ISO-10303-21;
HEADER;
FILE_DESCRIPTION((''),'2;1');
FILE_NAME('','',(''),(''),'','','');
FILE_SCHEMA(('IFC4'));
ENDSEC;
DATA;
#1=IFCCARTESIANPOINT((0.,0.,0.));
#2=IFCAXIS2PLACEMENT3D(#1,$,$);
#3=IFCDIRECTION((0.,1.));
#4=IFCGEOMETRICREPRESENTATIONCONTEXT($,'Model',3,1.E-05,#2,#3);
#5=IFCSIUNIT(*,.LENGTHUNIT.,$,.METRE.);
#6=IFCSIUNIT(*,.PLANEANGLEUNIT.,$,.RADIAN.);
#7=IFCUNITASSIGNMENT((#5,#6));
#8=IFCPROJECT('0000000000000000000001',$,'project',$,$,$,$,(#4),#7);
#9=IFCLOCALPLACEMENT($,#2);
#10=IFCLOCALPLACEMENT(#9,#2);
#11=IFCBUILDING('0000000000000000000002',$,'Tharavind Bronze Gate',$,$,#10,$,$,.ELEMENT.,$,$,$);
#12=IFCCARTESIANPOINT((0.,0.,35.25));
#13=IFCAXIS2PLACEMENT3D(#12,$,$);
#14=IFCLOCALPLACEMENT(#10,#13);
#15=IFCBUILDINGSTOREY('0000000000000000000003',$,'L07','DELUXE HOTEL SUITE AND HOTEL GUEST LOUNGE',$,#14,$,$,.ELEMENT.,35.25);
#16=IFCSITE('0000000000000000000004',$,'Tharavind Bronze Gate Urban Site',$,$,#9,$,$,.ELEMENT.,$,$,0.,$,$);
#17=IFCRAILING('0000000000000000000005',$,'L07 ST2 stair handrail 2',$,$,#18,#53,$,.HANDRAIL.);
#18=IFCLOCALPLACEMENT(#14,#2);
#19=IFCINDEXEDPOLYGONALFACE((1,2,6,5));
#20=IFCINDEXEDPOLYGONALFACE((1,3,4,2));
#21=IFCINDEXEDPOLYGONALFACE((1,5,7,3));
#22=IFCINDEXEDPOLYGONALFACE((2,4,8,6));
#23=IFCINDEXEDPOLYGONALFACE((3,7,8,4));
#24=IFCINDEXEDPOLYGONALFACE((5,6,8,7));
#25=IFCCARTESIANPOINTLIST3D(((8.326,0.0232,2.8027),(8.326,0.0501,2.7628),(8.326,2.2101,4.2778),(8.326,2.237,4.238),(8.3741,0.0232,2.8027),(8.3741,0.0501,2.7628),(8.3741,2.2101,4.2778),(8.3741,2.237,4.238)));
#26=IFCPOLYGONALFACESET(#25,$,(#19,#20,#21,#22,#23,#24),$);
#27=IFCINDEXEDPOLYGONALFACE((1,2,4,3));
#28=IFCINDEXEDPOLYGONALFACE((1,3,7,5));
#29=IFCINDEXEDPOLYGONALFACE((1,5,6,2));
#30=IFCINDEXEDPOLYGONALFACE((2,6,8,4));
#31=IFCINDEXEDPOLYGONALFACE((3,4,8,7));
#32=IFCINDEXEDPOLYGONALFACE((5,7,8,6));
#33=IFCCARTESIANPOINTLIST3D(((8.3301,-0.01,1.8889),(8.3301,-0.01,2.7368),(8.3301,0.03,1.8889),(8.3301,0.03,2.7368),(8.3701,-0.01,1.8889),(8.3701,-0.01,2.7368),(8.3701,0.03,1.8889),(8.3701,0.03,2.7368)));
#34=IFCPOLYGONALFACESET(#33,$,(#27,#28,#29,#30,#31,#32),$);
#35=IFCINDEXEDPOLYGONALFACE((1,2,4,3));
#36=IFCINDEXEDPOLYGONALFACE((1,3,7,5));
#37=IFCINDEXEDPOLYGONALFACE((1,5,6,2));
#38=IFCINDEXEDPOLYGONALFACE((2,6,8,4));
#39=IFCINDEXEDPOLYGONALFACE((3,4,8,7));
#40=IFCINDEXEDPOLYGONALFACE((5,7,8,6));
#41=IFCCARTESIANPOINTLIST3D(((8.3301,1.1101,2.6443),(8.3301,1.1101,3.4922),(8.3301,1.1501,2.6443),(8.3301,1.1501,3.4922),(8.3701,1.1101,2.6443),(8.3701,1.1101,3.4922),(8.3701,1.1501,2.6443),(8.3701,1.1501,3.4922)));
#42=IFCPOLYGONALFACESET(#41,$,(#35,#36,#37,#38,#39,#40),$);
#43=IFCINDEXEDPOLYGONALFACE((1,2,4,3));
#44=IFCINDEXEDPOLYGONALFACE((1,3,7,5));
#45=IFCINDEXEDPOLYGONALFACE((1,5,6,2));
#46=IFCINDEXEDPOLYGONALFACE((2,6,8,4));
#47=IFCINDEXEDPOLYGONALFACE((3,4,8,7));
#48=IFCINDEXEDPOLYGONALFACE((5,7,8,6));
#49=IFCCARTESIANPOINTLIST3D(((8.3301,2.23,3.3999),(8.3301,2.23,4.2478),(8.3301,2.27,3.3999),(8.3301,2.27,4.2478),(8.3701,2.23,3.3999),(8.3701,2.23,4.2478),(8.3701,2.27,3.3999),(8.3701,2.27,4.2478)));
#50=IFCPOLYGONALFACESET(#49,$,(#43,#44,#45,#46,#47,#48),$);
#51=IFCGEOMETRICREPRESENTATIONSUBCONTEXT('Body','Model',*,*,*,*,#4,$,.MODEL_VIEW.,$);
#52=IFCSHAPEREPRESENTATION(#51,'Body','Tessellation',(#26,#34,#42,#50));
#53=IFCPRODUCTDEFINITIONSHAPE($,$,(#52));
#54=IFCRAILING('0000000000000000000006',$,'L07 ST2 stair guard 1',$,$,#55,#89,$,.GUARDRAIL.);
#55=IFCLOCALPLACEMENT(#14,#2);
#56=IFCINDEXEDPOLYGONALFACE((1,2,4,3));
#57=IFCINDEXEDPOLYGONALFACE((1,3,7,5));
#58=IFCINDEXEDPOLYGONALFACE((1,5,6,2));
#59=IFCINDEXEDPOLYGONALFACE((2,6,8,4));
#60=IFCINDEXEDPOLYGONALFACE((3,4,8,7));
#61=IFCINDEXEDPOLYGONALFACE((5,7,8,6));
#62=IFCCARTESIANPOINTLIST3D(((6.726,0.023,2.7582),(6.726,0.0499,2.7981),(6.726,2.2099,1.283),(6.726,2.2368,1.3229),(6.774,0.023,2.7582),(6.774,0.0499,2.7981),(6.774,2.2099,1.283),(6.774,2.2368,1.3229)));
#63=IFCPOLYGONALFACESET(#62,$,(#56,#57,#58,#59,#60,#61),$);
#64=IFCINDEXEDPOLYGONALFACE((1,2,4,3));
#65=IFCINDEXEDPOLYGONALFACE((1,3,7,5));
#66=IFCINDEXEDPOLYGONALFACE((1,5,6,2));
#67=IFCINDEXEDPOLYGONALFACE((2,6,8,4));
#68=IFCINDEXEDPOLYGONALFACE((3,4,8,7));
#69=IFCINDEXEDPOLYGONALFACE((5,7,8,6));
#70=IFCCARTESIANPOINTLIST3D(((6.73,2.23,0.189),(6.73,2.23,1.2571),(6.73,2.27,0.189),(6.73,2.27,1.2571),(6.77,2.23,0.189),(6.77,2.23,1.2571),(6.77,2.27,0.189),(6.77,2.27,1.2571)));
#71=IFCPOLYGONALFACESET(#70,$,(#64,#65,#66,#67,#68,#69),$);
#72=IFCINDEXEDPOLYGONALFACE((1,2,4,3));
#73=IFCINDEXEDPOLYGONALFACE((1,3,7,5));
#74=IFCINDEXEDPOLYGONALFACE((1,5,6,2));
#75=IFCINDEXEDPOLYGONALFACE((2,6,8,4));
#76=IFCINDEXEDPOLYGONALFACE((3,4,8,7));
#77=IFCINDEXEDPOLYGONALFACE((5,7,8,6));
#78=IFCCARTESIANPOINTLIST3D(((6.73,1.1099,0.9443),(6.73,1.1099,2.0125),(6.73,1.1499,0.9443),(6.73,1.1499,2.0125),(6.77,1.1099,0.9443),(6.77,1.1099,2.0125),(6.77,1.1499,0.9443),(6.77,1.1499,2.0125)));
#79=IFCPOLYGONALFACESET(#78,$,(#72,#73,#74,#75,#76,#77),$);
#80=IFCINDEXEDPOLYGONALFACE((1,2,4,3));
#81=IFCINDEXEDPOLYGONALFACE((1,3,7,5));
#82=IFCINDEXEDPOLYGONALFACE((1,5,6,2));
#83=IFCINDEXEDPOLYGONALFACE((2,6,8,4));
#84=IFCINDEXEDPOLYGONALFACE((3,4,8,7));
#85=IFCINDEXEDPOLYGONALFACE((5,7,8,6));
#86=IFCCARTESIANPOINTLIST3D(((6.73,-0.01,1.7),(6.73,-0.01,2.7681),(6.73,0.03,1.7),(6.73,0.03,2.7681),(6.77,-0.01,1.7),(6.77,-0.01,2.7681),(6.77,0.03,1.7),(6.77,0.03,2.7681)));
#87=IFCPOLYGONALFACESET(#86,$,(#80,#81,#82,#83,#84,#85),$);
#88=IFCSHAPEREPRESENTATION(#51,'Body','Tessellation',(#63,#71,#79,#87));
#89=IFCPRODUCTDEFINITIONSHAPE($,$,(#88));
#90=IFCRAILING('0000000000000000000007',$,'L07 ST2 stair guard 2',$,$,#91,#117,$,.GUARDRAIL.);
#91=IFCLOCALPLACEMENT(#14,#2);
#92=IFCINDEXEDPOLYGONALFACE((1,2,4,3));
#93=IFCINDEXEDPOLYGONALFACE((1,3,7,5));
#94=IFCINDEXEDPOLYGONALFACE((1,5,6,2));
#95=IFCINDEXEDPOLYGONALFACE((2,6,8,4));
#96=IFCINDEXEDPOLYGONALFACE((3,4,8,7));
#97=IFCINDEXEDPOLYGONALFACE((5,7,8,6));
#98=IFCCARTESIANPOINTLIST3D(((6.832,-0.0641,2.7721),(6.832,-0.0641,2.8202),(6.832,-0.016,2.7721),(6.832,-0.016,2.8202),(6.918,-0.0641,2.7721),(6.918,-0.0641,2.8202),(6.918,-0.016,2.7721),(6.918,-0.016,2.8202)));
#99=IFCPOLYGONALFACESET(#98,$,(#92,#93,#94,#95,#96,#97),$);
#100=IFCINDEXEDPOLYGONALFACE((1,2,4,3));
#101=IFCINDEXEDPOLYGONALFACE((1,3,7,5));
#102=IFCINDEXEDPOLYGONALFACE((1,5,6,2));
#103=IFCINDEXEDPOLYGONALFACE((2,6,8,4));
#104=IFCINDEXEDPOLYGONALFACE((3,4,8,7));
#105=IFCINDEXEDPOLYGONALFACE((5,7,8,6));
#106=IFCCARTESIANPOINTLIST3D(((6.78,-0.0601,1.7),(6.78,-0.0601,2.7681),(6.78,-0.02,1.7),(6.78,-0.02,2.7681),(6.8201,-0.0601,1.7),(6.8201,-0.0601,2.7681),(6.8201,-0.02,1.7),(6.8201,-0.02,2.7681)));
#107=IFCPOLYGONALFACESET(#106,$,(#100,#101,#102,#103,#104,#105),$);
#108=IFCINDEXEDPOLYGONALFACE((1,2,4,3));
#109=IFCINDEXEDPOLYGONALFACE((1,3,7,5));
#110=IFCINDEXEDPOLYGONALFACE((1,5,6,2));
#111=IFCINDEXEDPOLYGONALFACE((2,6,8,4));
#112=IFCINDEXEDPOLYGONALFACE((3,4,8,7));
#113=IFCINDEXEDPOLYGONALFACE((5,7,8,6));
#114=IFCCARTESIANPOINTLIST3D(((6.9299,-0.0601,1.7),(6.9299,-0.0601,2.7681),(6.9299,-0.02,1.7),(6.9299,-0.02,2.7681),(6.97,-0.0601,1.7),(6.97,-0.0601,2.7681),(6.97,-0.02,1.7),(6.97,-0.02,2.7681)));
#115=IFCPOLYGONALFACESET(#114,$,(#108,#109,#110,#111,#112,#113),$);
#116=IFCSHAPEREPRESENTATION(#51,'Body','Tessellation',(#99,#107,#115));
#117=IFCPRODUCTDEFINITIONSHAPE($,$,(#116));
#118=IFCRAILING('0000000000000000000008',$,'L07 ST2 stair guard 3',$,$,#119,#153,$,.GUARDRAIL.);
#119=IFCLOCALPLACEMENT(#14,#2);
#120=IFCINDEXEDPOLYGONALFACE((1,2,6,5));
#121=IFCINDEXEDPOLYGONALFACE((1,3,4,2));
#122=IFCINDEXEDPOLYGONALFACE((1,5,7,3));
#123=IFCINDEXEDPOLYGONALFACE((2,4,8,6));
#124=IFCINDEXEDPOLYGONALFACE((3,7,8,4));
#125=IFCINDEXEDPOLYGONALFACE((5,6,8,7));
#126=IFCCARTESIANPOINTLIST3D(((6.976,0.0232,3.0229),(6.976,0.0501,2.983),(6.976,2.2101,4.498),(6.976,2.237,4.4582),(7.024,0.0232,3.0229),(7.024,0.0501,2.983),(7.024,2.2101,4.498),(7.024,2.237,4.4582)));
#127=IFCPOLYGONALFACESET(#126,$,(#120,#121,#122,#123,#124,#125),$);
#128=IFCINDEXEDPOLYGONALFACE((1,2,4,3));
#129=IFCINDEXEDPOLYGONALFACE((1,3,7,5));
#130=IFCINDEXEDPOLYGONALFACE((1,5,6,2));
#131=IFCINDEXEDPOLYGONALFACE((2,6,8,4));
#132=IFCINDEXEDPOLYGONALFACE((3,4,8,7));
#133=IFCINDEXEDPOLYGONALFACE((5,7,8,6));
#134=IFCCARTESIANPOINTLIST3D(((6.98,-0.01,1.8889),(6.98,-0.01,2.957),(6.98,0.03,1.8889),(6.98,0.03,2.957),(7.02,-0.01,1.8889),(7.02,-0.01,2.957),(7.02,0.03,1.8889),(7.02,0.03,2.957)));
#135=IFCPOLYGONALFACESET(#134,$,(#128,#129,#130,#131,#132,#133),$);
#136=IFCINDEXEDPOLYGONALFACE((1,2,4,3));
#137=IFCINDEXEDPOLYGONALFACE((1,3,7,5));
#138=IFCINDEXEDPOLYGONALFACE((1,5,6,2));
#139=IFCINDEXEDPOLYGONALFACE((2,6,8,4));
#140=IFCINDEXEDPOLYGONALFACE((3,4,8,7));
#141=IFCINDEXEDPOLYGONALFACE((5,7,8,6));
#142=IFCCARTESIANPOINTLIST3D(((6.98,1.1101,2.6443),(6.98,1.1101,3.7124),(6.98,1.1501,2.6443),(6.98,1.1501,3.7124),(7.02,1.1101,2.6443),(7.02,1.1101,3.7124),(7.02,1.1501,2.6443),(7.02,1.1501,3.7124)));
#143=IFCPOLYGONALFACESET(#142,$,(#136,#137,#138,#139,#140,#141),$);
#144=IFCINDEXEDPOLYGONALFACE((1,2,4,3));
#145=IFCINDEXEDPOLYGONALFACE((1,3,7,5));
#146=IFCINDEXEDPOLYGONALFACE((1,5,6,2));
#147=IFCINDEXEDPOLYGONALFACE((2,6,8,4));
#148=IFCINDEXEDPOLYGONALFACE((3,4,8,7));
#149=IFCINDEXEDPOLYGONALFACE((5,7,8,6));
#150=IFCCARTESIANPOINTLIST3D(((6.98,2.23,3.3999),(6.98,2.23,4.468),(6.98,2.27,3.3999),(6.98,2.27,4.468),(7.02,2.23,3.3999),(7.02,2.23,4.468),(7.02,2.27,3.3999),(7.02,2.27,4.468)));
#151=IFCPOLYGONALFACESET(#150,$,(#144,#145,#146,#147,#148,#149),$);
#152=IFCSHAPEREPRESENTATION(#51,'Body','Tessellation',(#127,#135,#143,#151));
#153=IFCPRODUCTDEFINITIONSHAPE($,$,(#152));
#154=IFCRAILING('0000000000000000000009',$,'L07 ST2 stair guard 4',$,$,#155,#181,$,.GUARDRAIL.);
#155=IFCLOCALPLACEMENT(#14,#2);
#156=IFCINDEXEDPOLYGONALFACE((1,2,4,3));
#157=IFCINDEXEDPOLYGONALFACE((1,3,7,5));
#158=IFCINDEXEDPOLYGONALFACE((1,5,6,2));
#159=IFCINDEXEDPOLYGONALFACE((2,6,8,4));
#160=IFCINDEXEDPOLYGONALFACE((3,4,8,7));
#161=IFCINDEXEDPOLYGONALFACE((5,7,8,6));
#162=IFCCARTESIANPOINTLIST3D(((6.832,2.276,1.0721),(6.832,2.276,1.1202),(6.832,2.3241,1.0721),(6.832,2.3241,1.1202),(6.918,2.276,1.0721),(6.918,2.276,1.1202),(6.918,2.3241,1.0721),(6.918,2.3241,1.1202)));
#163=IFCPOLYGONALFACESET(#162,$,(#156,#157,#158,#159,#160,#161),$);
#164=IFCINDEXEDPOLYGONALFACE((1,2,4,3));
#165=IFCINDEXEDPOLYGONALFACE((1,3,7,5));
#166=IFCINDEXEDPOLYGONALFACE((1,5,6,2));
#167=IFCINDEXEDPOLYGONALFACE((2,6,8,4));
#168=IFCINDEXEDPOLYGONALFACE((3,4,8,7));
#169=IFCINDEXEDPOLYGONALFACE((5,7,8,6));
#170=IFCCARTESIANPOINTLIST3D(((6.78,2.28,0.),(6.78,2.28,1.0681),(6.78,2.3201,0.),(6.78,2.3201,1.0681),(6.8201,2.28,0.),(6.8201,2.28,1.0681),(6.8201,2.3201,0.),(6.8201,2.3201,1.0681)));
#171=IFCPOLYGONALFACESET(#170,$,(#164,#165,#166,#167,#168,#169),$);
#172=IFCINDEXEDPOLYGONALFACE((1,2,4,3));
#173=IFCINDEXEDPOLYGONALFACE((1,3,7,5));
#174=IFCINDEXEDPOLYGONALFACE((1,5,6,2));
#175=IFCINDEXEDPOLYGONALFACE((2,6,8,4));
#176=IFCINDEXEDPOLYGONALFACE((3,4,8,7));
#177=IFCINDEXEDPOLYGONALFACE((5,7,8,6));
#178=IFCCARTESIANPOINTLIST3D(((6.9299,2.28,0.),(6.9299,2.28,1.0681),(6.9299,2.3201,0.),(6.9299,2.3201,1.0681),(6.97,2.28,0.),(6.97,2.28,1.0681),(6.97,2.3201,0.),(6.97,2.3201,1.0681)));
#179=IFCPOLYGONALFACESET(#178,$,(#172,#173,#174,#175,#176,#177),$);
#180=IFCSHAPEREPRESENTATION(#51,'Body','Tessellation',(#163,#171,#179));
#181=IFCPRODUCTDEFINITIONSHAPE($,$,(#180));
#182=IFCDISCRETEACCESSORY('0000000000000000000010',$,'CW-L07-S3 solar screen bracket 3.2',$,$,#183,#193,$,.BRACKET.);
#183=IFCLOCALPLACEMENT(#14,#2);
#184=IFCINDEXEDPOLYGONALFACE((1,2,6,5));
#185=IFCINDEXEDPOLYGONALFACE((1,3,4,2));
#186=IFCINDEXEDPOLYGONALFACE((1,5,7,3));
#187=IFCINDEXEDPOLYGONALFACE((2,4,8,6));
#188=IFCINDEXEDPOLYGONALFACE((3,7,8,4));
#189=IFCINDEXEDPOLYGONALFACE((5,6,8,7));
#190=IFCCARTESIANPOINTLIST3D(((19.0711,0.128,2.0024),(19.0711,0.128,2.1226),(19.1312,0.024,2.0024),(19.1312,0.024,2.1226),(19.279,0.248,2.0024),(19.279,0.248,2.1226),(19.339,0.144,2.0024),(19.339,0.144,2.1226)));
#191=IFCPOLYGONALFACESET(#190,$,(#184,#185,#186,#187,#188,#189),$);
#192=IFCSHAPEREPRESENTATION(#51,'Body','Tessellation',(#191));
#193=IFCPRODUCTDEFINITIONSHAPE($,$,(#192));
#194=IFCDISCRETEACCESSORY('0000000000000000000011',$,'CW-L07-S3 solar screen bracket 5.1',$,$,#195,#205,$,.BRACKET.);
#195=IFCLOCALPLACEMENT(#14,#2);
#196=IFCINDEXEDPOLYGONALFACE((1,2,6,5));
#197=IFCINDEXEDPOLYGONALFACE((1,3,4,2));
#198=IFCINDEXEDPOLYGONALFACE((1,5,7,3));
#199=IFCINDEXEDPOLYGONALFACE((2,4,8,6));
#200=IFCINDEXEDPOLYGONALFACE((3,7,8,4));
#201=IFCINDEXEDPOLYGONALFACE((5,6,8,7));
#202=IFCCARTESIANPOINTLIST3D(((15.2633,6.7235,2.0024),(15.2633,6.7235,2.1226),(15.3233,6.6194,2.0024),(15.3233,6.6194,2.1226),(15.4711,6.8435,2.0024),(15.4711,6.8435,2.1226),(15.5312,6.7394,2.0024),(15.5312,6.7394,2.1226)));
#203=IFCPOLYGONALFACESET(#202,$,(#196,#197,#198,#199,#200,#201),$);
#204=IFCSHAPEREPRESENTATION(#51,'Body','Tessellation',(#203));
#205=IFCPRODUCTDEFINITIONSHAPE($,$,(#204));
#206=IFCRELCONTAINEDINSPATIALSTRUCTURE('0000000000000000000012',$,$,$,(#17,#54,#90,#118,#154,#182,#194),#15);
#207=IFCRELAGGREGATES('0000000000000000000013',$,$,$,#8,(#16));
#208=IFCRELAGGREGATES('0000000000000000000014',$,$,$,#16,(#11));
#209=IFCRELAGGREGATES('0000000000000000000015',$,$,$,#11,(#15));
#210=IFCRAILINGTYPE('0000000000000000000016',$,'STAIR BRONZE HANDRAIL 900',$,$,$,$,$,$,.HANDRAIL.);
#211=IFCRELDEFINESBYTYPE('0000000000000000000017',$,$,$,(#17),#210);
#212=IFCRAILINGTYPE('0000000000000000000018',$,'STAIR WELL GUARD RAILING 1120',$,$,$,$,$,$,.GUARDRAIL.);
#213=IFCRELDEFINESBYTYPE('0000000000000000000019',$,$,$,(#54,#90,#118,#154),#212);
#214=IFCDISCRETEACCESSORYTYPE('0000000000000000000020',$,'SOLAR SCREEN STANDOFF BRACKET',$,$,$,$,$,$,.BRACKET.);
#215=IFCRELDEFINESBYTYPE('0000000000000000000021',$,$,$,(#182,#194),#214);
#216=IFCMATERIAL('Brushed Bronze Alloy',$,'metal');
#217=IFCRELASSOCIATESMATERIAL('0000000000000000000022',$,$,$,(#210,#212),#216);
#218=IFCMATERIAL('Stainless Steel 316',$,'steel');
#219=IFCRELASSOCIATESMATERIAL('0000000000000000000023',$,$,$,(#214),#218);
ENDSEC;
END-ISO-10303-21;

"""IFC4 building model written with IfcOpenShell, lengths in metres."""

from ifc_helpers import new_model, si_unit, direction, frame, origin, origin_2d, place, context, subcontext, project, spatial, rectangle, extrude, material, type_object, element, save


model = new_model("IFC4")

# Units and contexts
model_context = context("Model", 3, precision=1e-05, world=origin(), true_north=direction((0.0, 1.0)))
body_context = subcontext(model_context, "Body", "Model", "MODEL_VIEW")
ifc_project = project(units=[si_unit("LENGTHUNIT", "METRE"), si_unit("PLANEANGLEUNIT", "RADIAN")], contexts=[model_context])

# Site, building, storey
site_placement = place(None, origin())
site = spatial("IfcSite", under=ifc_project, at=site_placement, Name="Tharavind Bronze Gate Urban Site", CompositionType="ELEMENT", RefElevation=0.0)
building_placement = place(site_placement, origin())
building = spatial("IfcBuilding", under=site, at=building_placement, Name="Tharavind Bronze Gate", CompositionType="ELEMENT")
storey_placement = place(building_placement, frame((0.0, 0.0, 35.25)))
storey = spatial("IfcBuildingStorey", under=building, at=storey_placement, Name="L07", Description="DELUXE HOTEL SUITE AND HOTEL GUEST LOUNGE", CompositionType="ELEMENT", Elevation=35.25)

# Railings
ifc_material_1 = material(Name="Brushed Bronze Alloy", Category="metal")
railing_type_1 = type_object("IfcRailingType", Name="STAIR BRONZE HANDRAIL 900", PredefinedType="HANDRAIL", material=ifc_material_1)
railing_1_placement = place(storey_placement, frame((8.3501, 0.01, 1.8889)))
element("IfcRailing", 1, at=railing_1_placement, inside=storey, type_object=railing_type_1, Name="L07 ST2 stair handrail 2", PredefinedType="HANDRAIL", context=body_context, shape_type="SweptSolid", body=[
    extrude(rectangle(XDim=0.0481, YDim=0.0481, at=origin_2d()), frame((0.0, 0.0266, 0.8938), z_axis=(0.0, 0.829021, 0.559217), x_axis=(-1.0, 0.0, 0.0)), (0.0, 0.0, 1.0), 2.6379),
    extrude(rectangle(XDim=0.04, YDim=0.04, at=origin_2d()), origin(), (0.0, 0.0, 1.0), 0.8479),
    extrude(rectangle(XDim=0.04, YDim=0.04, at=origin_2d()), frame((0.0, 1.1201, 0.7554)), (0.0, 0.0, 1.0), 0.8479),
    extrude(rectangle(XDim=0.04, YDim=0.04, at=origin_2d()), frame((0.0, 2.24, 1.511)), (0.0, 0.0, 1.0), 0.8479),
])
railing_type_2 = type_object("IfcRailingType", Name="STAIR WELL GUARD RAILING 1120", PredefinedType="GUARDRAIL", material=ifc_material_1)
railing_2_placement = place(storey_placement, frame((6.75, 2.25, 0.189)))
element("IfcRailing", 2, at=railing_2_placement, inside=storey, type_object=railing_type_2, Name="L07 ST2 stair guard 1", PredefinedType="GUARDRAIL", context=body_context, shape_type="SweptSolid", body=[
    extrude(rectangle(XDim=0.0481, YDim=0.0481, at=origin_2d()), frame((0.0, -0.0266, 1.114), z_axis=(0.0, -0.829021, 0.559217), x_axis=(1.0, 0.0, 0.0)), (0.0, 0.0, 1.0), 2.6379),
    extrude(rectangle(XDim=0.04, YDim=0.04, at=origin_2d()), origin(), (0.0, 0.0, 1.0), 1.0681),
    extrude(rectangle(XDim=0.04, YDim=0.04, at=origin_2d()), frame((0.0, -1.1201, 0.7554)), (0.0, 0.0, 1.0), 1.0681),
    extrude(rectangle(XDim=0.04, YDim=0.04, at=origin_2d()), frame((0.0, -2.24, 1.511)), (0.0, 0.0, 1.0), 1.0681),
])
railing_3_placement = place(storey_placement, frame((6.8, -0.04, 1.7)))
element("IfcRailing", 3, at=railing_3_placement, inside=storey, type_object=railing_type_2, Name="L07 ST2 stair guard 2", PredefinedType="GUARDRAIL", context=body_context, shape_type="SweptSolid", body=[
    extrude(rectangle(XDim=0.0481, YDim=0.0481, at=origin_2d()), frame((0.032, 0.0, 1.0962), z_axis=(1.0, 0.0, 0.0), x_axis=(0.0, 1.0, 0.0)), (0.0, 0.0, 1.0), 0.0859),
    extrude(rectangle(XDim=0.04, YDim=0.04, at=origin_2d()), origin(), (0.0, 0.0, 1.0), 1.0681),
    extrude(rectangle(XDim=0.04, YDim=0.04, at=origin_2d()), frame((0.1499, 0.0, 0.0)), (0.0, 0.0, 1.0), 1.0681),
])
railing_4_placement = place(storey_placement, frame((7.0, 0.01, 1.8889)))
element("IfcRailing", 4, at=railing_4_placement, inside=storey, type_object=railing_type_2, Name="L07 ST2 stair guard 3", PredefinedType="GUARDRAIL", context=body_context, shape_type="SweptSolid", body=[
    extrude(rectangle(XDim=0.0481, YDim=0.0481, at=origin_2d()), frame((0.0, 0.0266, 1.114), z_axis=(0.0, 0.829021, 0.559217), x_axis=(-1.0, 0.0, 0.0)), (0.0, 0.0, 1.0), 2.6379),
    extrude(rectangle(XDim=0.04, YDim=0.04, at=origin_2d()), origin(), (0.0, 0.0, 1.0), 1.0681),
    extrude(rectangle(XDim=0.04, YDim=0.04, at=origin_2d()), frame((0.0, 1.1201, 0.7554)), (0.0, 0.0, 1.0), 1.0681),
    extrude(rectangle(XDim=0.04, YDim=0.04, at=origin_2d()), frame((0.0, 2.24, 1.511)), (0.0, 0.0, 1.0), 1.0681),
])
railing_5_placement = place(storey_placement, frame((6.8, 2.3, 0.0)))
element("IfcRailing", 5, at=railing_5_placement, inside=storey, type_object=railing_type_2, Name="L07 ST2 stair guard 4", PredefinedType="GUARDRAIL", context=body_context, shape_type="SweptSolid", body=[
    extrude(rectangle(XDim=0.0481, YDim=0.0481, at=origin_2d()), frame((0.032, 0.0, 1.0962), z_axis=(1.0, 0.0, 0.0), x_axis=(0.0, 1.0, 0.0)), (0.0, 0.0, 1.0), 0.0859),
    extrude(rectangle(XDim=0.04, YDim=0.04, at=origin_2d()), origin(), (0.0, 0.0, 1.0), 1.0681),
    extrude(rectangle(XDim=0.04, YDim=0.04, at=origin_2d()), frame((0.1499, 0.0, 0.0)), (0.0, 0.0, 1.0), 1.0681),
])

# Discrete accessories
ifc_material_2 = material(Name="Stainless Steel 316", Category="steel")
discrete_accessory_type = type_object("IfcDiscreteAccessoryType", Name="SOLAR SCREEN STANDOFF BRACKET", PredefinedType="BRACKET", material=ifc_material_2)
for number, where, z_axis, x_axis, name in (
    (6, (19.2051, 0.136, 2.0024), (0.0, 0.0, 1.0), (-0.500002, 0.866025, 0.0), "CW-L07-S3 solar screen bracket 3.2"),
    (7, (15.3972, 6.7314, 2.0024), (0.0, 0.0, 1.0), (-0.500002, 0.866025, 0.0), "CW-L07-S3 solar screen bracket 5.1"),
):
    element("IfcDiscreteAccessory", number, at=place(storey_placement, frame(where, z_axis=z_axis, x_axis=x_axis)), inside=storey, type_object=discrete_accessory_type, Name=name, PredefinedType="BRACKET", context=body_context, shape_type="SweptSolid", body=[
        extrude(rectangle(XDim=0.1201, YDim=0.24, at=origin_2d()), origin(), (0.0, 0.0, 1.0), 0.1201),
    ])

save(model, "model.ifc")
